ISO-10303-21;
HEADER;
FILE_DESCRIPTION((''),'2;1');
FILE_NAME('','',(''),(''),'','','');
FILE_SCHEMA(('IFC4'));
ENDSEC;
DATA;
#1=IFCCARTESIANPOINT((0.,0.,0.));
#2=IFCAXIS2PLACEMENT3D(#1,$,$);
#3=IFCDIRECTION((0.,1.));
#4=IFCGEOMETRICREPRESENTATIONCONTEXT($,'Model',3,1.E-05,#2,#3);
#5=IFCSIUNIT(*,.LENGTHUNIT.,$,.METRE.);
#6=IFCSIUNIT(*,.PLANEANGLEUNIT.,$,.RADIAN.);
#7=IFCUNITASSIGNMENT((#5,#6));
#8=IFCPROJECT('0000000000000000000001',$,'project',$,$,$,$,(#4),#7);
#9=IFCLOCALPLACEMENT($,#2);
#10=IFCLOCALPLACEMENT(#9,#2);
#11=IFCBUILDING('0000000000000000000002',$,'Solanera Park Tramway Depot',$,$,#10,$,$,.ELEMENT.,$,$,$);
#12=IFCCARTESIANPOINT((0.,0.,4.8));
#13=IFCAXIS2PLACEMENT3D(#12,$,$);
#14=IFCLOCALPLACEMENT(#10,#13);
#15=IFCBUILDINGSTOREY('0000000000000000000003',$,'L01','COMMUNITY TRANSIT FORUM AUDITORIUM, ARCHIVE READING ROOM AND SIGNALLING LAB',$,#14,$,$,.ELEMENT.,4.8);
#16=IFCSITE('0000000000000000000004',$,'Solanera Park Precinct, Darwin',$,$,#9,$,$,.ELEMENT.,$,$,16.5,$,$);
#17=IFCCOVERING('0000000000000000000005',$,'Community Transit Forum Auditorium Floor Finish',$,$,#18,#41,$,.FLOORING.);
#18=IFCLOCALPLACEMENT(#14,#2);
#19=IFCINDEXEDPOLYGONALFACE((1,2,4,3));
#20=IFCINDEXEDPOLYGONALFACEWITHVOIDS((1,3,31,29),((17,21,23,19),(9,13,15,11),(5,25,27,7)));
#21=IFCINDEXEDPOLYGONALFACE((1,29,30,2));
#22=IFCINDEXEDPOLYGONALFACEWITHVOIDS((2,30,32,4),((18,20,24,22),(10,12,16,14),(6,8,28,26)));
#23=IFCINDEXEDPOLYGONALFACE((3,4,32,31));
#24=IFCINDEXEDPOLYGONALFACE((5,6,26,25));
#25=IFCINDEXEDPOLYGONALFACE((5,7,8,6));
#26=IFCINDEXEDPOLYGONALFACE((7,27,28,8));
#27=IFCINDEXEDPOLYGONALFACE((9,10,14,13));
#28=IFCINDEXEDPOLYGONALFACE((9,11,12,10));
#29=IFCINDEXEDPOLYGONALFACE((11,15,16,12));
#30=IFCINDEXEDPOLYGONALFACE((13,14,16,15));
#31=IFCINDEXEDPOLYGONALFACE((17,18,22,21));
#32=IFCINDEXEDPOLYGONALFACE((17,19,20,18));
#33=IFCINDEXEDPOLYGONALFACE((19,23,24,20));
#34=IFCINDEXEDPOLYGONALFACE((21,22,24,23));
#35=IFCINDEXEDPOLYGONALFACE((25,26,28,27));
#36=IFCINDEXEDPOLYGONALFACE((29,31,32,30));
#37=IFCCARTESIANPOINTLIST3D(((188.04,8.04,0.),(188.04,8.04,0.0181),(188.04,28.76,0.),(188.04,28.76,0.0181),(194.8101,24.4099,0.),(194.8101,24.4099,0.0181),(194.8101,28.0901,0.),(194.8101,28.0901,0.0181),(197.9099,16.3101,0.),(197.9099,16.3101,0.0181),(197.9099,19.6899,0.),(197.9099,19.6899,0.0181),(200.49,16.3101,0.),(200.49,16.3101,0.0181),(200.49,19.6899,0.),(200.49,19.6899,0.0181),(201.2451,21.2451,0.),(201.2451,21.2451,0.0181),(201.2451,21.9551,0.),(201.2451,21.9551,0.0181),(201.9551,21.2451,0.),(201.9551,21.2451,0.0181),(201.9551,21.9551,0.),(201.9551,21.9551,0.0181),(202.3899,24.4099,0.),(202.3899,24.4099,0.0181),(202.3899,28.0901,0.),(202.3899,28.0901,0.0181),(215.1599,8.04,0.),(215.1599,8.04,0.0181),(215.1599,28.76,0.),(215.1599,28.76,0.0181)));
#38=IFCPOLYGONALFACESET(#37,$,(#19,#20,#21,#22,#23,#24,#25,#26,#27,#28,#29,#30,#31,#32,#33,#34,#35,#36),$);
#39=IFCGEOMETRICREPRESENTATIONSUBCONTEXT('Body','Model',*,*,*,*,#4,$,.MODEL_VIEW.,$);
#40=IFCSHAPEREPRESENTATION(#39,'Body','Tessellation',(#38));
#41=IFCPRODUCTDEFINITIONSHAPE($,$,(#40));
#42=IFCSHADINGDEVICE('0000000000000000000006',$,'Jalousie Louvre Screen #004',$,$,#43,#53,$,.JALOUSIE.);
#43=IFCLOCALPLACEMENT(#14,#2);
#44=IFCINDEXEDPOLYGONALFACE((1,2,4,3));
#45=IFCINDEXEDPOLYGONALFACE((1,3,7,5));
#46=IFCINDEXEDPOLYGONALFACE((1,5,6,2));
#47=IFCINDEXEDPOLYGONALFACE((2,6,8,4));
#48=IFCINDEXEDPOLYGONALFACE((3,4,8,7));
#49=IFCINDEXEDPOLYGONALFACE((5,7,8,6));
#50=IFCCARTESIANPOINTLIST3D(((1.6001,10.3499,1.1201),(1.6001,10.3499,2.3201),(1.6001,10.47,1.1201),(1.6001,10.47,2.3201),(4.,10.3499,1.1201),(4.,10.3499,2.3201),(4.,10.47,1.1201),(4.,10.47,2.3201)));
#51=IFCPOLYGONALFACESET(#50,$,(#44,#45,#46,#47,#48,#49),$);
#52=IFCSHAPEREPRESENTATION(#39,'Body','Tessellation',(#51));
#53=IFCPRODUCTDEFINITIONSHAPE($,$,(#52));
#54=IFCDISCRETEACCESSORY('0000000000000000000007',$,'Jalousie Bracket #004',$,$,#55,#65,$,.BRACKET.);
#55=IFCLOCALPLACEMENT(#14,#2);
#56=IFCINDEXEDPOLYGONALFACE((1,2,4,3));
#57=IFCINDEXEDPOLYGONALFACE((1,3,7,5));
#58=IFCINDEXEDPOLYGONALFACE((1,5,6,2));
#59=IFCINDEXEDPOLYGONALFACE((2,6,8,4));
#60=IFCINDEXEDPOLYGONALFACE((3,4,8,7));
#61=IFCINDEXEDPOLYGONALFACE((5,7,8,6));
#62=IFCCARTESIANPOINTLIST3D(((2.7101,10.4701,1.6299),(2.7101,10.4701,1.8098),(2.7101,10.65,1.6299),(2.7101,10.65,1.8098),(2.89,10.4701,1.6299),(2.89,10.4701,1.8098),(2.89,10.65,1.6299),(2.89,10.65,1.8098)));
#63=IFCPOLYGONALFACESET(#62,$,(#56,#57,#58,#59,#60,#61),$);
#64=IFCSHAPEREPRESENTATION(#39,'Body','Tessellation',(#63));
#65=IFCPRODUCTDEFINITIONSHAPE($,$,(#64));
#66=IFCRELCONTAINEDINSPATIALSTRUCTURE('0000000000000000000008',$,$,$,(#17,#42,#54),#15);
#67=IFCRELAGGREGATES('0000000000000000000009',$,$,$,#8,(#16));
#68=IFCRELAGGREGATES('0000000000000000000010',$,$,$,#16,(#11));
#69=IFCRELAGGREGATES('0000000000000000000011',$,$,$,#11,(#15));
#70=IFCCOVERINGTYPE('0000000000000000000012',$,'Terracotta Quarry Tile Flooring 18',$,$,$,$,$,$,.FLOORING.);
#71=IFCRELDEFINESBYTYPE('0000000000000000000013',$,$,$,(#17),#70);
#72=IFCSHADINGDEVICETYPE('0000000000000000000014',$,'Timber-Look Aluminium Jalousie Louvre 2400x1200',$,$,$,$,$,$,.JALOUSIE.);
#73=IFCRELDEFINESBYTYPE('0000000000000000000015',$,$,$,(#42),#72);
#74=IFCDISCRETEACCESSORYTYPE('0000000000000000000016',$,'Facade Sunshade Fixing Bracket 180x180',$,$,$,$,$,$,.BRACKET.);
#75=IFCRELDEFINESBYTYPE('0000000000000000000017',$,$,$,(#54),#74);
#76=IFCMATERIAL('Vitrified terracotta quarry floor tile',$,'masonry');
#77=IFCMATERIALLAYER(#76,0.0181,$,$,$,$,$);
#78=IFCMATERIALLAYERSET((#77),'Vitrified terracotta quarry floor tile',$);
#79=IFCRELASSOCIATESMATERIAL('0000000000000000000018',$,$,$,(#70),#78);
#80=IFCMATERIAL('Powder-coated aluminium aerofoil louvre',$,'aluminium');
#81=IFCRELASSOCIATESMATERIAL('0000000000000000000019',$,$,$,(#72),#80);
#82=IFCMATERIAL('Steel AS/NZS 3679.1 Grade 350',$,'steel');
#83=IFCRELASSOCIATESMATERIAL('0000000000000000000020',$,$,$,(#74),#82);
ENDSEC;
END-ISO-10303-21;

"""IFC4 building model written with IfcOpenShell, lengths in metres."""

from ifc_helpers import new_model, si_unit, direction, frame, origin, origin_2d, place, context, subcontext, project, spatial, polyline, rectangle, outline, extrude, material, layer, layer_set, type_object, element, save


model = new_model("IFC4")

# Units and contexts
model_context = context("Model", 3, precision=1e-05, world=origin(), true_north=direction((0.0, 1.0)))
body_context = subcontext(model_context, "Body", "Model", "MODEL_VIEW")
ifc_project = project(units=[si_unit("LENGTHUNIT", "METRE"), si_unit("PLANEANGLEUNIT", "RADIAN")], contexts=[model_context])

# Site, building, storey
site_placement = place(None, origin())
site = spatial("IfcSite", under=ifc_project, at=site_placement, Name="Solanera Park Precinct, Darwin", CompositionType="ELEMENT", RefElevation=16.5)
building_placement = place(site_placement, origin())
building = spatial("IfcBuilding", under=site, at=building_placement, Name="Solanera Park Tramway Depot", CompositionType="ELEMENT")
storey_placement = place(building_placement, frame((0.0, 0.0, 4.8)))
storey = spatial("IfcBuildingStorey", under=building, at=storey_placement, Name="L01", Description="COMMUNITY TRANSIT FORUM AUDITORIUM, ARCHIVE READING ROOM AND SIGNALLING LAB", CompositionType="ELEMENT", Elevation=4.8)

# Covering
ifc_material_1 = material(Name="Vitrified terracotta quarry floor tile", Category="masonry")
ifc_layer_1 = layer(ifc_material_1, 0.0181)
ifc_layer_set_1 = layer_set([ifc_layer_1], Name="Vitrified terracotta quarry floor tile")
covering_type_1 = type_object("IfcCoveringType", Name="Terracotta Quarry Tile Flooring 18", PredefinedType="FLOORING", material=ifc_layer_set_1)
covering_1_placement = place(storey_placement, origin())
element("IfcCovering", 1, at=covering_1_placement, inside=storey, type_object=covering_type_1, Name="Community Transit Forum Auditorium Floor Finish", PredefinedType="FLOORING", context=body_context, shape_type="SweptSolid", body=[
    extrude(outline(polyline([(215.1599, 28.76), (215.1599, 8.04), (188.04, 8.04), (188.04, 28.76), (215.1599, 28.76)]), holes=[polyline([(194.8101, 24.4099), (202.3899, 24.4099), (202.3899, 28.0901), (194.8101, 28.0901), (194.8101, 24.4099)]), polyline([(197.9099, 19.6899), (197.9099, 16.3101), (200.49, 16.3101), (200.49, 19.6899), (197.9099, 19.6899)]), polyline([(201.9551, 21.2451), (201.9551, 21.9551), (201.2451, 21.9551), (201.2451, 21.2451), (201.9551, 21.2451)])]), origin(), (0.0, 0.0, 1.0), 0.0181),
])

# Shading device
ifc_material_2 = material(Name="Powder-coated aluminium aerofoil louvre", Category="aluminium")
shading_device_type = type_object("IfcShadingDeviceType", Name="Timber-Look Aluminium Jalousie Louvre 2400x1200", PredefinedType="JALOUSIE", material=ifc_material_2)
shading_device_placement = place(storey_placement, frame((2.8, 10.4099, 1.1201), z_axis=(0.0, 0.0, 1.0), x_axis=(1.0, 0.0, 0.0)))
element("IfcShadingDevice", 2, at=shading_device_placement, inside=storey, type_object=shading_device_type, Name="Jalousie Louvre Screen #004", PredefinedType="JALOUSIE", context=body_context, shape_type="SweptSolid", body=[
    extrude(rectangle(XDim=2.3999, YDim=0.1201, at=origin_2d()), origin(), (0.0, 0.0, 1.0), 1.2),
])

# Discrete accessory
ifc_material_3 = material(Name="Steel AS/NZS 3679.1 Grade 350", Category="steel")
discrete_accessory_type = type_object("IfcDiscreteAccessoryType", Name="Facade Sunshade Fixing Bracket 180x180", PredefinedType="BRACKET", material=ifc_material_3)
discrete_accessory_placement = place(storey_placement, frame((2.8, 10.5601, 1.6299), z_axis=(0.0, 0.0, 1.0), x_axis=(1.0, 0.0, 0.0)))
element("IfcDiscreteAccessory", 3, at=discrete_accessory_placement, inside=storey, type_object=discrete_accessory_type, Name="Jalousie Bracket #004", PredefinedType="BRACKET", context=body_context, shape_type="SweptSolid", body=[
    extrude(rectangle(XDim=0.1799, YDim=0.1799, at=origin_2d()), origin(), (0.0, 0.0, 1.0), 0.1799),
])

save(model, "model.ifc")
